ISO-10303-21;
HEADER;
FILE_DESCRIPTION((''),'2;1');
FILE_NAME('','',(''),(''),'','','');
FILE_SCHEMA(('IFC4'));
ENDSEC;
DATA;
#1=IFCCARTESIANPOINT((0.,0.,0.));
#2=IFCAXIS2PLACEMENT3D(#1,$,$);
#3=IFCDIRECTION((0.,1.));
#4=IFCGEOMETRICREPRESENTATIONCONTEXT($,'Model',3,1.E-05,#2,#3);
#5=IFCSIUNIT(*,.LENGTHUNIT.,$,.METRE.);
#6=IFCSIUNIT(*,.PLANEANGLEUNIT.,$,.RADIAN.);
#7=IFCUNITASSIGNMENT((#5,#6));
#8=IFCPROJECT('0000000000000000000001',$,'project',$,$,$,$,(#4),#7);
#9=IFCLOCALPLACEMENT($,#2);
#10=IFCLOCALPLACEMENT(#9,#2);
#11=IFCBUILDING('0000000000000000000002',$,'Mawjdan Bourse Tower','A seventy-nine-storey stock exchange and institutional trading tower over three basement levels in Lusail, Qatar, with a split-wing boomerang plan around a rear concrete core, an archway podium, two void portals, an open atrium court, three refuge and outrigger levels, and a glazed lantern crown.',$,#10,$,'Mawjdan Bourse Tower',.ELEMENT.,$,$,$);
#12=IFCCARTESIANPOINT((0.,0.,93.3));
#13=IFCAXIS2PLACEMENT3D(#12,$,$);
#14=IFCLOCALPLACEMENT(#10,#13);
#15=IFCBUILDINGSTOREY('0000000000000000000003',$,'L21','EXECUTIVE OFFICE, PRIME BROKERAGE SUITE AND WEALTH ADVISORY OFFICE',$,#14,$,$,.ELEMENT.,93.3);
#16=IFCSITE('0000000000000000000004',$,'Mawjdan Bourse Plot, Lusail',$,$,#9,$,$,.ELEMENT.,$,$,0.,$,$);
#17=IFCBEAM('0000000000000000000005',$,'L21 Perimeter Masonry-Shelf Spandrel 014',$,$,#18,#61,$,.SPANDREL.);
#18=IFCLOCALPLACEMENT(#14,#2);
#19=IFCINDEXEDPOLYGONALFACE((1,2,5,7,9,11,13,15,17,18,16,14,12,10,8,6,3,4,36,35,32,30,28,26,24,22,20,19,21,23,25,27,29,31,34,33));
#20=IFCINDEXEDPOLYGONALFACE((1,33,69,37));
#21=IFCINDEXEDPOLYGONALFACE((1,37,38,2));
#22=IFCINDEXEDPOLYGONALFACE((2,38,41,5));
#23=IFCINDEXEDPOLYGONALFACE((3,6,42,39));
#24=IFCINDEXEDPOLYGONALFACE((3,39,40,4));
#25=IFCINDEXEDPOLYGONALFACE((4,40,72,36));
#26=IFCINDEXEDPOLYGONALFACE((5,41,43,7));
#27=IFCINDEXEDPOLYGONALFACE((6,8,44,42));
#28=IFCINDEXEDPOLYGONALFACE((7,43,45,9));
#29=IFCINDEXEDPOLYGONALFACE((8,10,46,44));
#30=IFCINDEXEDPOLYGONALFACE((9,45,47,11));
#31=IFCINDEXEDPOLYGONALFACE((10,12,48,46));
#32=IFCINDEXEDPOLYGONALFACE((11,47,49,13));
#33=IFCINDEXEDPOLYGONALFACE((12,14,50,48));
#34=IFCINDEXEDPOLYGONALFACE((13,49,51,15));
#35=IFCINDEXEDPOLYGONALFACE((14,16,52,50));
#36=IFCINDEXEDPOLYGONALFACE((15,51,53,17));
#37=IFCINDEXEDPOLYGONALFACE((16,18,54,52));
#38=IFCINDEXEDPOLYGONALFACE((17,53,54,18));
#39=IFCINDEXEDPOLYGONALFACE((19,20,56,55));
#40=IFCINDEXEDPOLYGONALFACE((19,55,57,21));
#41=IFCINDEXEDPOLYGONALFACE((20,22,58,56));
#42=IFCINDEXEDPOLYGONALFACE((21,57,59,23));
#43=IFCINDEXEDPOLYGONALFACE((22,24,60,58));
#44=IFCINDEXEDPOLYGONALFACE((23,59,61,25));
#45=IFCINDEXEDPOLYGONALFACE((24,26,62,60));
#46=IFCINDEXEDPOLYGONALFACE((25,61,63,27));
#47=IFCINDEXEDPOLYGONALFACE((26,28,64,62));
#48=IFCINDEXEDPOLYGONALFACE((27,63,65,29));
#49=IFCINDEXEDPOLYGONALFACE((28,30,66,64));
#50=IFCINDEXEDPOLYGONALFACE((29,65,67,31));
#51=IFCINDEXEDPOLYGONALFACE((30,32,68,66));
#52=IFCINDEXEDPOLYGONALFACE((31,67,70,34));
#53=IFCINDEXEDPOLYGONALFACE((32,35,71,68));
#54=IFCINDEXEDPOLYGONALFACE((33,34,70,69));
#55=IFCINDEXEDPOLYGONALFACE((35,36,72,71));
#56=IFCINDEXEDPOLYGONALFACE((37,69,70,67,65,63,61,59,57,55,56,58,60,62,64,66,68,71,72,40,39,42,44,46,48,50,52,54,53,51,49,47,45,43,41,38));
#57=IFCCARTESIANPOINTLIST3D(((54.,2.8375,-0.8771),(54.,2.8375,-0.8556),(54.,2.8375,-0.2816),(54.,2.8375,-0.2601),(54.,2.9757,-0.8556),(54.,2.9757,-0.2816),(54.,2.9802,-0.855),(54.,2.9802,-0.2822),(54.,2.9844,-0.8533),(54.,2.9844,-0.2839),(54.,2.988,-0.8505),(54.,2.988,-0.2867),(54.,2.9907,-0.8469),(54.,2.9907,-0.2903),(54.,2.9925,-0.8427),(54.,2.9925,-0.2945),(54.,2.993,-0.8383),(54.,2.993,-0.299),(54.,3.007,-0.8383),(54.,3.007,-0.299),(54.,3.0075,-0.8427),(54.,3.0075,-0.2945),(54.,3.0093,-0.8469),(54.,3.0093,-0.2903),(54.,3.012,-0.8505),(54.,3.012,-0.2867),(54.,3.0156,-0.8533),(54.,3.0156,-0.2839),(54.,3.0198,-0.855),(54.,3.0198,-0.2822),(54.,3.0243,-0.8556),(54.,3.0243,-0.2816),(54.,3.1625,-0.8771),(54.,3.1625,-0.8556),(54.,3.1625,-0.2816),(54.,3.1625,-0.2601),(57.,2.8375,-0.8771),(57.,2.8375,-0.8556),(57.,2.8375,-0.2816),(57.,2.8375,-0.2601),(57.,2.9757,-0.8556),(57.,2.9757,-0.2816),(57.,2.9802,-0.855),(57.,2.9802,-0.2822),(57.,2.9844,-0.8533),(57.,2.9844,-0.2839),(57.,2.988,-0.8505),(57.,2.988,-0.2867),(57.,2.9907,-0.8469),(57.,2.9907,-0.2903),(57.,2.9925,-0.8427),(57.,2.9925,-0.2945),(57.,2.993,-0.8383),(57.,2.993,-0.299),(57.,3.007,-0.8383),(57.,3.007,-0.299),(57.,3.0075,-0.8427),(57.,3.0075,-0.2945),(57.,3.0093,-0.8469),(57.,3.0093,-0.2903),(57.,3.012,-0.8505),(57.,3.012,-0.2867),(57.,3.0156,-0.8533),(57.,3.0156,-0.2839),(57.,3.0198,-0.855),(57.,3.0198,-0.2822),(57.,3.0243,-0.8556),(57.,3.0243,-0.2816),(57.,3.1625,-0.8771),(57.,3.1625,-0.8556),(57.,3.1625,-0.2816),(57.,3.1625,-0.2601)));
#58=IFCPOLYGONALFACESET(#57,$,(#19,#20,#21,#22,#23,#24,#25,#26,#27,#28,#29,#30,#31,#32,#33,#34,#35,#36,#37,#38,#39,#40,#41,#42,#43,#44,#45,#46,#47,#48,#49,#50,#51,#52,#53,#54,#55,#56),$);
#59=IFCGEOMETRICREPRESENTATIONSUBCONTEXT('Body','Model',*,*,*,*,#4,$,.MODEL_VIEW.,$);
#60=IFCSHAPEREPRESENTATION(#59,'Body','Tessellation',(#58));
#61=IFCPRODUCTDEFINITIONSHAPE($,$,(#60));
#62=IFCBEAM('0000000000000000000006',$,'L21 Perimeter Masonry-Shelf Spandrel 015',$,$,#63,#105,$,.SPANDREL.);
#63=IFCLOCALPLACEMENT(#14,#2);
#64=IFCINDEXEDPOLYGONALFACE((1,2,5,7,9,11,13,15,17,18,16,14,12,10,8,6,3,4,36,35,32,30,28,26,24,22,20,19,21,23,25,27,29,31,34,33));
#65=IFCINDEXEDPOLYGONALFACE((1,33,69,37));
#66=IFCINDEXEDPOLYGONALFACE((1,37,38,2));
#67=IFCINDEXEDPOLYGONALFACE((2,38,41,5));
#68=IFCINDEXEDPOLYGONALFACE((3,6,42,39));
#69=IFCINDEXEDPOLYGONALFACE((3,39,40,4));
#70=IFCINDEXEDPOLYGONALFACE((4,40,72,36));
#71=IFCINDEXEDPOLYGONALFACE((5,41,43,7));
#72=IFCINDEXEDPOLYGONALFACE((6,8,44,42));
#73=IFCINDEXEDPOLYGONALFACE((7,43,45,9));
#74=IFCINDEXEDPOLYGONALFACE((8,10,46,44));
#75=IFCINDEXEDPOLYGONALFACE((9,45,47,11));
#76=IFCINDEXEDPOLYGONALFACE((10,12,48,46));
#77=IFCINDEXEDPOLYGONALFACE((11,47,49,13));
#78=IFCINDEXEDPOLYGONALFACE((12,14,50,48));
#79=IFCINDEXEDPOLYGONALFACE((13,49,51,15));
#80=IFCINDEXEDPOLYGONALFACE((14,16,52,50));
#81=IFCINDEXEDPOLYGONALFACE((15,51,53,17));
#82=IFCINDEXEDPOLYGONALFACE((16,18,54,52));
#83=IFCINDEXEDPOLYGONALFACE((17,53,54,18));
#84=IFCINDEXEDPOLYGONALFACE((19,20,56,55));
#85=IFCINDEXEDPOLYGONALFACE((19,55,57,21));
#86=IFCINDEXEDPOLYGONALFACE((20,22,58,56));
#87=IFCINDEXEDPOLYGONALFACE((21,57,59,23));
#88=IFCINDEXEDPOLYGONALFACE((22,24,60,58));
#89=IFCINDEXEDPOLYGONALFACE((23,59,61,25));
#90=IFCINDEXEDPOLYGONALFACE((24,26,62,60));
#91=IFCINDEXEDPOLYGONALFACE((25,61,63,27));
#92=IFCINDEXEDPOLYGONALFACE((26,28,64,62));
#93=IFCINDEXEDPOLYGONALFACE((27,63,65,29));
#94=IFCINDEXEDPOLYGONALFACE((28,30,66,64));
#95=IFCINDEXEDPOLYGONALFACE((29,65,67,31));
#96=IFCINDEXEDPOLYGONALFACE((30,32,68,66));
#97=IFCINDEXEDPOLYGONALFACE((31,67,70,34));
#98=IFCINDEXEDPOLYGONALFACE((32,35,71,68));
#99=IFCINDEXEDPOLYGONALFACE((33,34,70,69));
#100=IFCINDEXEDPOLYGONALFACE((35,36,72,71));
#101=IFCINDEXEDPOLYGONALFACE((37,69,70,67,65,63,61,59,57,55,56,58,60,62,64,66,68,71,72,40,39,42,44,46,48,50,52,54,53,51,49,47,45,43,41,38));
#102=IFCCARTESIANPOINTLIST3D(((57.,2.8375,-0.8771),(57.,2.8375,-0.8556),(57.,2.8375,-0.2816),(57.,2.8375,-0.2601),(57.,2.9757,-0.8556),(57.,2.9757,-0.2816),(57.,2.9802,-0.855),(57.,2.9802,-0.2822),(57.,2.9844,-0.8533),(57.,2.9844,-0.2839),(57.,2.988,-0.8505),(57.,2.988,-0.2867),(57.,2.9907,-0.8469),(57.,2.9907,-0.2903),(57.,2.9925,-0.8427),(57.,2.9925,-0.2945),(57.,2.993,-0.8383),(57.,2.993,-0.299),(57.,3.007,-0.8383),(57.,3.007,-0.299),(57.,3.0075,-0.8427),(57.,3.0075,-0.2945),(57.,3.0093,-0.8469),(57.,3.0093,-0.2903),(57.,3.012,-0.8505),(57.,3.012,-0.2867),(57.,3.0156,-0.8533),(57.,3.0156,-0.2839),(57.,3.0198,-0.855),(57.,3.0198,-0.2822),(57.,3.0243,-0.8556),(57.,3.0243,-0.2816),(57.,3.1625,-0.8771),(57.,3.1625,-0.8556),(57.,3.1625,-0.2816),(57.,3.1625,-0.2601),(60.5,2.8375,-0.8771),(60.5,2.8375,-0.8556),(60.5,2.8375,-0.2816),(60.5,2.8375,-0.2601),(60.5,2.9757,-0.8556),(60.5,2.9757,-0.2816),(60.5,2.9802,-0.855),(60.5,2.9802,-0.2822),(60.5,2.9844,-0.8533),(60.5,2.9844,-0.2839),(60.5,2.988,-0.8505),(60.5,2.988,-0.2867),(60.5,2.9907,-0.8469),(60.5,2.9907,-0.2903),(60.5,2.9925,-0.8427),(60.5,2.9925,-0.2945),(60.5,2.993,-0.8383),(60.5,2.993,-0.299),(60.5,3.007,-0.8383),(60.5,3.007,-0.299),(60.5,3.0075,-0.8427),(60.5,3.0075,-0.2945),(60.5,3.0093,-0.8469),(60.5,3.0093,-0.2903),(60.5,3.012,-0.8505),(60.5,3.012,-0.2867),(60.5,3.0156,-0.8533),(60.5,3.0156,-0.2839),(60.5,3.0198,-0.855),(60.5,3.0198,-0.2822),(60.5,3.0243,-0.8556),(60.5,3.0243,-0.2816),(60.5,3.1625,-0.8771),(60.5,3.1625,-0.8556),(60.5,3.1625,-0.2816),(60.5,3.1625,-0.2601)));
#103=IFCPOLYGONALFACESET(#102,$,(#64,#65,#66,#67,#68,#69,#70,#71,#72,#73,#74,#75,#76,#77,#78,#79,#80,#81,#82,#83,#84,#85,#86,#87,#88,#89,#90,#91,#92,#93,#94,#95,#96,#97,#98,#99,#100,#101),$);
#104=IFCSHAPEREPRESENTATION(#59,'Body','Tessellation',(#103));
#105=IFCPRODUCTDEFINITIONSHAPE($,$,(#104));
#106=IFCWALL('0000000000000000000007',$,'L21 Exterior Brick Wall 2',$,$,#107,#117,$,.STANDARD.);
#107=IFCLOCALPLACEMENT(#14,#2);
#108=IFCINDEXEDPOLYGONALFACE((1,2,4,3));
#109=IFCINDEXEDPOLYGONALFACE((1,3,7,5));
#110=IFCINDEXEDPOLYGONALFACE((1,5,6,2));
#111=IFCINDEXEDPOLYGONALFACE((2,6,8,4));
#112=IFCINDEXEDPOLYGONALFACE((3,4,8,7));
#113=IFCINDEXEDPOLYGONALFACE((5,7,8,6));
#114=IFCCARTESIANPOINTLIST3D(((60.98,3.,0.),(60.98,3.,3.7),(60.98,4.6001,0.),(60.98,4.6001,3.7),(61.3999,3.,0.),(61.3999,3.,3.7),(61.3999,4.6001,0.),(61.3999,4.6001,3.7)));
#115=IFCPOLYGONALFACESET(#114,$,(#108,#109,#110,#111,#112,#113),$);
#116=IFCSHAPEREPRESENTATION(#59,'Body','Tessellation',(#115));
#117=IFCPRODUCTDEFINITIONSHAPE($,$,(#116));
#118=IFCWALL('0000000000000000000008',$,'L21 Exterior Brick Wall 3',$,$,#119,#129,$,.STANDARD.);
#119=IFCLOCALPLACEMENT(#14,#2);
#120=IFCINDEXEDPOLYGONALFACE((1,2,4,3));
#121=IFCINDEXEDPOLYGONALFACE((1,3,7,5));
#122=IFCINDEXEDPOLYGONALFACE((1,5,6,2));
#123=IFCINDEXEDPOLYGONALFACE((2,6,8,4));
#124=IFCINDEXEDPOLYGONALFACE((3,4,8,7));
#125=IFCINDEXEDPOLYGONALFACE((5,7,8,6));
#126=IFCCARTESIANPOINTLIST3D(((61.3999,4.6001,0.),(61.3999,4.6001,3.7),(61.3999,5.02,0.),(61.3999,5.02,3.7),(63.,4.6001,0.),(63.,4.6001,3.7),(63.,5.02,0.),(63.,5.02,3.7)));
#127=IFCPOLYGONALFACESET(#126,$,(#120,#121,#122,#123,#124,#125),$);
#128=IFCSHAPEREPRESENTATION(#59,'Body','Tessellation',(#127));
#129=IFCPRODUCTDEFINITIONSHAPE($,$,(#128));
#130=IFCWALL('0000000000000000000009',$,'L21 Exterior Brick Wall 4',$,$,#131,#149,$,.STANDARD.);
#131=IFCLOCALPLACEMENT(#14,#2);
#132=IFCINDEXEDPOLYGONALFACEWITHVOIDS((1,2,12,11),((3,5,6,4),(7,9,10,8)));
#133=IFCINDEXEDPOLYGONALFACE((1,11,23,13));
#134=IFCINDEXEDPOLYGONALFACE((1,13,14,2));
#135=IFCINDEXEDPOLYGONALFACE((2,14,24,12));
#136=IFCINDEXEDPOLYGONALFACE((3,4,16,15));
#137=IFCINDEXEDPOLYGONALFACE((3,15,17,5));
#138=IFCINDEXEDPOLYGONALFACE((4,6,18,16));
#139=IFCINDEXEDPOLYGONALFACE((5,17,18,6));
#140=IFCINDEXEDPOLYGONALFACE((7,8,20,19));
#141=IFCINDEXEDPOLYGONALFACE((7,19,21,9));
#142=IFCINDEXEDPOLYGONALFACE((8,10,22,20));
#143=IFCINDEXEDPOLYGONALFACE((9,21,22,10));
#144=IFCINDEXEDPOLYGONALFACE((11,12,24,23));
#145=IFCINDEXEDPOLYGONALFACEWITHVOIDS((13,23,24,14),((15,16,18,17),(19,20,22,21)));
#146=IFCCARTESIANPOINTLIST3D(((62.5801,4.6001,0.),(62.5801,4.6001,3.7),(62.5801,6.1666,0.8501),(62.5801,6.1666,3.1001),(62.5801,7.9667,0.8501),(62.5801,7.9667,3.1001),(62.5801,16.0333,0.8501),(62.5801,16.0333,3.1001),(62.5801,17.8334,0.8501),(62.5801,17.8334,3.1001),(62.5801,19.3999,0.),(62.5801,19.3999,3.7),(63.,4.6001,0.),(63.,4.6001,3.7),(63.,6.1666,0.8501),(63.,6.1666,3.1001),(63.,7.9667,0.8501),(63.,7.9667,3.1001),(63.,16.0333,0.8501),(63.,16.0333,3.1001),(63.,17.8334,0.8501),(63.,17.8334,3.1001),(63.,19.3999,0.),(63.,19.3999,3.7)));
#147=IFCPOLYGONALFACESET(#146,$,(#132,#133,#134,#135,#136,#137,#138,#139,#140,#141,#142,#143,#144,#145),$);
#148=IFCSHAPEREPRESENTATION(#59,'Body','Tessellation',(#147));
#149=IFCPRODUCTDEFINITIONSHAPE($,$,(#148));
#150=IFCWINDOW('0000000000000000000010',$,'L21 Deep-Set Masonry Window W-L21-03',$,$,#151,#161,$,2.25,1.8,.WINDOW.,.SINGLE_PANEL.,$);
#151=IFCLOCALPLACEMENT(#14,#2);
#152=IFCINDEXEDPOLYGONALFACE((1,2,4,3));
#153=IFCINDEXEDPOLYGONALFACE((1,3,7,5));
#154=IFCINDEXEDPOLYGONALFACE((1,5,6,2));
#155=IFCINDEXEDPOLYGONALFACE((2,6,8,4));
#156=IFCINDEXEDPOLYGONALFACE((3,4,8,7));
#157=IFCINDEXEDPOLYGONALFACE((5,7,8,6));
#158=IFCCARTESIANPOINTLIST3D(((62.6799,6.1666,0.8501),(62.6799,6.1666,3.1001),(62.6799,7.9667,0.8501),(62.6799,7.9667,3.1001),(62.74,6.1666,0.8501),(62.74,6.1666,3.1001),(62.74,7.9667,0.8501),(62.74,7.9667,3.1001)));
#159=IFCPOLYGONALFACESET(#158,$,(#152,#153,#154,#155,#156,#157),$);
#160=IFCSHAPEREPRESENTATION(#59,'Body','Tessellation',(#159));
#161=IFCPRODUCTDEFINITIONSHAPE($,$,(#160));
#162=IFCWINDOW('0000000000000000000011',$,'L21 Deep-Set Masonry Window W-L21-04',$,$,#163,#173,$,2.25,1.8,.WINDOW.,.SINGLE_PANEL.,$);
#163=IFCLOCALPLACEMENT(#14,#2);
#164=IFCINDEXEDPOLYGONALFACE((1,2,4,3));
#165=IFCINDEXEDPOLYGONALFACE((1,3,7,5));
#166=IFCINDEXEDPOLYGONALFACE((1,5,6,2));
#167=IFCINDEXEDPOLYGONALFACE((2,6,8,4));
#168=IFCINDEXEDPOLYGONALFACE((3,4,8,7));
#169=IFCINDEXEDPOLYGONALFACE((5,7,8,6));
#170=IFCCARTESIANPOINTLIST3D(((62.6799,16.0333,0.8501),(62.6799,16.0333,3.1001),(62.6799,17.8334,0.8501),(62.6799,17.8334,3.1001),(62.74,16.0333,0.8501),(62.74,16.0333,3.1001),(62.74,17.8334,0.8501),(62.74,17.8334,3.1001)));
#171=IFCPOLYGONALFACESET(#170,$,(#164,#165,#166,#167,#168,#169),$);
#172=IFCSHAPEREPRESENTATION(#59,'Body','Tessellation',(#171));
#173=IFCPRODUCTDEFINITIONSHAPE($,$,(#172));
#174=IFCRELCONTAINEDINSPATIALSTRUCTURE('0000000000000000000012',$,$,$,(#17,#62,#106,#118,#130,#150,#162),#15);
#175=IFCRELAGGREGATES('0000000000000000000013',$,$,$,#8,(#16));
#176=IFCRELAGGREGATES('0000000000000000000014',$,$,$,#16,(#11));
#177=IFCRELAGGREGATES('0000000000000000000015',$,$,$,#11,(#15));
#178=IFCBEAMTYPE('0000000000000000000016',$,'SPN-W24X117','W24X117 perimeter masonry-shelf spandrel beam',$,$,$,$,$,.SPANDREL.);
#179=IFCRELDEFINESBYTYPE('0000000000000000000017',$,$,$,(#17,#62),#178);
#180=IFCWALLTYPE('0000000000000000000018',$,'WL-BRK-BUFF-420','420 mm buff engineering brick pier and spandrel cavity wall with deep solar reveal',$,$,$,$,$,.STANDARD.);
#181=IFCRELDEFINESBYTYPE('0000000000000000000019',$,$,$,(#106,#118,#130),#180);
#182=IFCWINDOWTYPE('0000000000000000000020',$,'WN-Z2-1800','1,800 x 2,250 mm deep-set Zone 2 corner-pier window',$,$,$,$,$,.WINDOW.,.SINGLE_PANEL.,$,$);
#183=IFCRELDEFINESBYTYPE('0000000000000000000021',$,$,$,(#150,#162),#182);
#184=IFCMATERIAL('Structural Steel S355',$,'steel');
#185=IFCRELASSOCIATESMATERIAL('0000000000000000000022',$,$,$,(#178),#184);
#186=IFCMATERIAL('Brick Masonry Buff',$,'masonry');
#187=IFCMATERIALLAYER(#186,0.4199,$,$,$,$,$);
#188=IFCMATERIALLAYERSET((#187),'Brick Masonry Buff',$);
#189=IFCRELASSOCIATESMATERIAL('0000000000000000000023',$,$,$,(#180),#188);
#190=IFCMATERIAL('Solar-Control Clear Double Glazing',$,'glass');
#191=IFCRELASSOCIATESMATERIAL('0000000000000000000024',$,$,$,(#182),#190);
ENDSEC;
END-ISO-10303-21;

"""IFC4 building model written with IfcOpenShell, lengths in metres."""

from ifc_helpers import new_model, si_unit, direction, frame, frame_2d, origin, origin_2d, place, context, subcontext, project, spatial, rectangle, i_section, extrude, material, layer, layer_set, material_profile, profile_set, type_object, element, fill, save


model = new_model("IFC4")

# Units and contexts
model_context = context("Model", 3, precision=1e-05, world=origin(), true_north=direction((0.0, 1.0)))
body_context = subcontext(model_context, "Body", "Model", "MODEL_VIEW")
ifc_project = project(units=[si_unit("LENGTHUNIT", "METRE"), si_unit("PLANEANGLEUNIT", "RADIAN")], contexts=[model_context])

# Site, building, storey
site_placement = place(None, origin())
site = spatial("IfcSite", under=ifc_project, at=site_placement, Name="Mawjdan Bourse Plot, Lusail", CompositionType="ELEMENT", RefElevation=0.0)
building_placement = place(site_placement, origin())
building = spatial("IfcBuilding", under=site, at=building_placement, Name="Mawjdan Bourse Tower", Description="A seventy-nine-storey stock exchange and institutional trading tower over three basement levels in Lusail, Qatar, with a split-wing boomerang plan around a rear concrete core, an archway podium, two void portals, an open atrium court, three refuge and outrigger levels, and a glazed lantern crown.", LongName="Mawjdan Bourse Tower", CompositionType="ELEMENT")
storey_placement = place(building_placement, frame((0.0, 0.0, 93.3)))
storey = spatial("IfcBuildingStorey", under=building, at=storey_placement, Name="L21", Description="EXECUTIVE OFFICE, PRIME BROKERAGE SUITE AND WEALTH ADVISORY OFFICE", CompositionType="ELEMENT", Elevation=93.3)

# Beams
ifc_material_1 = material(Name="Structural Steel S355", Category="steel")
ifc_material_profile_1 = material_profile(ifc_material_1, i_section(OverallWidth=0.325, OverallDepth=0.6169, WebThickness=0.0139, FlangeThickness=0.0215, FilletRadius=0.0173, at=origin_2d()), Name="W24X117")
ifc_profile_set_1 = profile_set([ifc_material_profile_1], Name="Structural Steel S355")
beam_type_1 = type_object("IfcBeamType", Name="SPN-W24X117", Description="W24X117 perimeter masonry-shelf spandrel beam", PredefinedType="SPANDREL", material=ifc_profile_set_1)
for number, where, z_axis, x_axis, name in (
    (1, (54.0, 3.0, -0.5686), (1.0, 0.0, 0.0), (0.0, 1.0, 0.0), "L21 Perimeter Masonry-Shelf Spandrel 014"),
):
    element("IfcBeam", number, at=place(storey_placement, frame(where, z_axis=z_axis, x_axis=x_axis)), inside=storey, type_object=beam_type_1, Name=name, PredefinedType="SPANDREL", context=body_context, shape_type="SweptSolid", body=[
        extrude(i_section(OverallWidth=0.325, OverallDepth=0.6169, WebThickness=0.0139, FlangeThickness=0.0215, FilletRadius=0.0173, at=origin_2d()), origin(), (0.0, 0.0, 1.0), 3.0),
    ])
beam_1_placement = place(storey_placement, frame((57.0, 3.0, -0.5686), z_axis=(1.0, 0.0, 0.0), x_axis=(0.0, 1.0, 0.0)))
element("IfcBeam", 2, at=beam_1_placement, inside=storey, type_object=beam_type_1, Name="L21 Perimeter Masonry-Shelf Spandrel 015", PredefinedType="SPANDREL", context=body_context, shape_type="SweptSolid", body=[
    extrude(i_section(OverallWidth=0.325, OverallDepth=0.6169, WebThickness=0.0139, FlangeThickness=0.0215, FilletRadius=0.0173, at=origin_2d()), origin(), (0.0, 0.0, 1.0), 3.5),
])

# Walls
ifc_material_2 = material(Name="Brick Masonry Buff", Category="masonry")
ifc_layer_1 = layer(ifc_material_2, 0.4199)
ifc_layer_set_1 = layer_set([ifc_layer_1], Name="Brick Masonry Buff")
wall_type_1 = type_object("IfcWallType", Name="WL-BRK-BUFF-420", Description="420 mm buff engineering brick pier and spandrel cavity wall with deep solar reveal", PredefinedType="STANDARD", material=ifc_layer_set_1)
for number, where, z_axis, x_axis, name in (
    (3, (61.1899, 3.0, 0.0), (0.0, 0.0, 1.0), (0.0, 1.0, 0.0), "L21 Exterior Brick Wall 2"),
    (4, (61.3999, 4.8101, 0.0), (0.0, 0.0, 1.0), (1.0, 0.0, 0.0), "L21 Exterior Brick Wall 3"),
):
    element("IfcWall", number, at=place(storey_placement, frame(where, z_axis=z_axis, x_axis=x_axis)), inside=storey, type_object=wall_type_1, Name=name, PredefinedType="STANDARD", context=body_context, shape_type="SweptSolid", body=[
        extrude(rectangle(XDim=1.6001, YDim=0.4199, at=frame_2d((0.8, 0.0))), origin(), (0.0, 0.0, 1.0), 3.7),
    ])

# Wall, openings, windows
wall_1_placement = place(storey_placement, frame((62.79, 4.6001, 0.0), z_axis=(0.0, 0.0, 1.0), x_axis=(0.0, 1.0, 0.0)))
wall_1 = element("IfcWall", 5, at=wall_1_placement, inside=storey, type_object=wall_type_1, Name="L21 Exterior Brick Wall 4", PredefinedType="STANDARD", context=body_context, shape_type="SweptSolid", body=[
    extrude(rectangle(XDim=14.7998, YDim=0.4199, at=frame_2d((7.3999, 0.0))), origin(), (0.0, 0.0, 1.0), 3.7),
])
opening_1_placement = place(wall_1_placement, frame((1.5667, 0.0, 0.8501)))
opening_1 = element("IfcOpeningElement", 6, at=opening_1_placement, cuts=wall_1, PredefinedType="OPENING", context=body_context, shape_type="SweptSolid", body=[
    extrude(rectangle(XDim=1.8, YDim=2.25, at=frame_2d((0.8999, 1.125))), frame((0.0, 0.22, 0.0), z_axis=(0.0, -1.0, 0.0), x_axis=(1.0, 0.0, 0.0)), (0.0, 0.0, 1.0), 0.4399),
])
opening_2_placement = place(wall_1_placement, frame((11.4333, 0.0, 0.8501)))
opening_2 = element("IfcOpeningElement", 7, at=opening_2_placement, cuts=wall_1, PredefinedType="OPENING", context=body_context, shape_type="SweptSolid", body=[
    extrude(rectangle(XDim=1.8, YDim=2.25, at=frame_2d((0.8999, 1.125))), frame((0.0, 0.22, 0.0), z_axis=(0.0, -1.0, 0.0), x_axis=(1.0, 0.0, 0.0)), (0.0, 0.0, 1.0), 0.4399),
])
ifc_material_3 = material(Name="Solar-Control Clear Double Glazing", Category="glass")
window_type = type_object("IfcWindowType", Name="WN-Z2-1800", Description="1,800 x 2,250 mm deep-set Zone 2 corner-pier window", PartitioningType="SINGLE_PANEL", PredefinedType="WINDOW", material=ifc_material_3)
window_1_placement = place(opening_1_placement, origin())
window_1 = element("IfcWindow", 8, at=window_1_placement, inside=storey, type_object=window_type, Name="L21 Deep-Set Masonry Window W-L21-03", OverallHeight=2.25, OverallWidth=1.8, PartitioningType="SINGLE_PANEL", PredefinedType="WINDOW", context=body_context, shape_type="SweptSolid", body=[
    extrude(rectangle(XDim=1.8, YDim=2.25, at=frame_2d((0.8999, 1.125))), frame((0.0, 0.1101, 0.0), z_axis=(0.0, -1.0, 0.0), x_axis=(1.0, 0.0, 0.0)), (0.0, 0.0, 1.0), 0.0601),
])
fill(opening_1, window_1)
window_2_placement = place(opening_2_placement, origin())
window_2 = element("IfcWindow", 9, at=window_2_placement, inside=storey, type_object=window_type, Name="L21 Deep-Set Masonry Window W-L21-04", OverallHeight=2.25, OverallWidth=1.8, PartitioningType="SINGLE_PANEL", PredefinedType="WINDOW", context=body_context, shape_type="SweptSolid", body=[
    extrude(rectangle(XDim=1.8, YDim=2.25, at=frame_2d((0.8999, 1.125))), frame((0.0, 0.1101, 0.0), z_axis=(0.0, -1.0, 0.0), x_axis=(1.0, 0.0, 0.0)), (0.0, 0.0, 1.0), 0.0601),
])
fill(opening_2, window_2)

save(model, "model.ifc")
